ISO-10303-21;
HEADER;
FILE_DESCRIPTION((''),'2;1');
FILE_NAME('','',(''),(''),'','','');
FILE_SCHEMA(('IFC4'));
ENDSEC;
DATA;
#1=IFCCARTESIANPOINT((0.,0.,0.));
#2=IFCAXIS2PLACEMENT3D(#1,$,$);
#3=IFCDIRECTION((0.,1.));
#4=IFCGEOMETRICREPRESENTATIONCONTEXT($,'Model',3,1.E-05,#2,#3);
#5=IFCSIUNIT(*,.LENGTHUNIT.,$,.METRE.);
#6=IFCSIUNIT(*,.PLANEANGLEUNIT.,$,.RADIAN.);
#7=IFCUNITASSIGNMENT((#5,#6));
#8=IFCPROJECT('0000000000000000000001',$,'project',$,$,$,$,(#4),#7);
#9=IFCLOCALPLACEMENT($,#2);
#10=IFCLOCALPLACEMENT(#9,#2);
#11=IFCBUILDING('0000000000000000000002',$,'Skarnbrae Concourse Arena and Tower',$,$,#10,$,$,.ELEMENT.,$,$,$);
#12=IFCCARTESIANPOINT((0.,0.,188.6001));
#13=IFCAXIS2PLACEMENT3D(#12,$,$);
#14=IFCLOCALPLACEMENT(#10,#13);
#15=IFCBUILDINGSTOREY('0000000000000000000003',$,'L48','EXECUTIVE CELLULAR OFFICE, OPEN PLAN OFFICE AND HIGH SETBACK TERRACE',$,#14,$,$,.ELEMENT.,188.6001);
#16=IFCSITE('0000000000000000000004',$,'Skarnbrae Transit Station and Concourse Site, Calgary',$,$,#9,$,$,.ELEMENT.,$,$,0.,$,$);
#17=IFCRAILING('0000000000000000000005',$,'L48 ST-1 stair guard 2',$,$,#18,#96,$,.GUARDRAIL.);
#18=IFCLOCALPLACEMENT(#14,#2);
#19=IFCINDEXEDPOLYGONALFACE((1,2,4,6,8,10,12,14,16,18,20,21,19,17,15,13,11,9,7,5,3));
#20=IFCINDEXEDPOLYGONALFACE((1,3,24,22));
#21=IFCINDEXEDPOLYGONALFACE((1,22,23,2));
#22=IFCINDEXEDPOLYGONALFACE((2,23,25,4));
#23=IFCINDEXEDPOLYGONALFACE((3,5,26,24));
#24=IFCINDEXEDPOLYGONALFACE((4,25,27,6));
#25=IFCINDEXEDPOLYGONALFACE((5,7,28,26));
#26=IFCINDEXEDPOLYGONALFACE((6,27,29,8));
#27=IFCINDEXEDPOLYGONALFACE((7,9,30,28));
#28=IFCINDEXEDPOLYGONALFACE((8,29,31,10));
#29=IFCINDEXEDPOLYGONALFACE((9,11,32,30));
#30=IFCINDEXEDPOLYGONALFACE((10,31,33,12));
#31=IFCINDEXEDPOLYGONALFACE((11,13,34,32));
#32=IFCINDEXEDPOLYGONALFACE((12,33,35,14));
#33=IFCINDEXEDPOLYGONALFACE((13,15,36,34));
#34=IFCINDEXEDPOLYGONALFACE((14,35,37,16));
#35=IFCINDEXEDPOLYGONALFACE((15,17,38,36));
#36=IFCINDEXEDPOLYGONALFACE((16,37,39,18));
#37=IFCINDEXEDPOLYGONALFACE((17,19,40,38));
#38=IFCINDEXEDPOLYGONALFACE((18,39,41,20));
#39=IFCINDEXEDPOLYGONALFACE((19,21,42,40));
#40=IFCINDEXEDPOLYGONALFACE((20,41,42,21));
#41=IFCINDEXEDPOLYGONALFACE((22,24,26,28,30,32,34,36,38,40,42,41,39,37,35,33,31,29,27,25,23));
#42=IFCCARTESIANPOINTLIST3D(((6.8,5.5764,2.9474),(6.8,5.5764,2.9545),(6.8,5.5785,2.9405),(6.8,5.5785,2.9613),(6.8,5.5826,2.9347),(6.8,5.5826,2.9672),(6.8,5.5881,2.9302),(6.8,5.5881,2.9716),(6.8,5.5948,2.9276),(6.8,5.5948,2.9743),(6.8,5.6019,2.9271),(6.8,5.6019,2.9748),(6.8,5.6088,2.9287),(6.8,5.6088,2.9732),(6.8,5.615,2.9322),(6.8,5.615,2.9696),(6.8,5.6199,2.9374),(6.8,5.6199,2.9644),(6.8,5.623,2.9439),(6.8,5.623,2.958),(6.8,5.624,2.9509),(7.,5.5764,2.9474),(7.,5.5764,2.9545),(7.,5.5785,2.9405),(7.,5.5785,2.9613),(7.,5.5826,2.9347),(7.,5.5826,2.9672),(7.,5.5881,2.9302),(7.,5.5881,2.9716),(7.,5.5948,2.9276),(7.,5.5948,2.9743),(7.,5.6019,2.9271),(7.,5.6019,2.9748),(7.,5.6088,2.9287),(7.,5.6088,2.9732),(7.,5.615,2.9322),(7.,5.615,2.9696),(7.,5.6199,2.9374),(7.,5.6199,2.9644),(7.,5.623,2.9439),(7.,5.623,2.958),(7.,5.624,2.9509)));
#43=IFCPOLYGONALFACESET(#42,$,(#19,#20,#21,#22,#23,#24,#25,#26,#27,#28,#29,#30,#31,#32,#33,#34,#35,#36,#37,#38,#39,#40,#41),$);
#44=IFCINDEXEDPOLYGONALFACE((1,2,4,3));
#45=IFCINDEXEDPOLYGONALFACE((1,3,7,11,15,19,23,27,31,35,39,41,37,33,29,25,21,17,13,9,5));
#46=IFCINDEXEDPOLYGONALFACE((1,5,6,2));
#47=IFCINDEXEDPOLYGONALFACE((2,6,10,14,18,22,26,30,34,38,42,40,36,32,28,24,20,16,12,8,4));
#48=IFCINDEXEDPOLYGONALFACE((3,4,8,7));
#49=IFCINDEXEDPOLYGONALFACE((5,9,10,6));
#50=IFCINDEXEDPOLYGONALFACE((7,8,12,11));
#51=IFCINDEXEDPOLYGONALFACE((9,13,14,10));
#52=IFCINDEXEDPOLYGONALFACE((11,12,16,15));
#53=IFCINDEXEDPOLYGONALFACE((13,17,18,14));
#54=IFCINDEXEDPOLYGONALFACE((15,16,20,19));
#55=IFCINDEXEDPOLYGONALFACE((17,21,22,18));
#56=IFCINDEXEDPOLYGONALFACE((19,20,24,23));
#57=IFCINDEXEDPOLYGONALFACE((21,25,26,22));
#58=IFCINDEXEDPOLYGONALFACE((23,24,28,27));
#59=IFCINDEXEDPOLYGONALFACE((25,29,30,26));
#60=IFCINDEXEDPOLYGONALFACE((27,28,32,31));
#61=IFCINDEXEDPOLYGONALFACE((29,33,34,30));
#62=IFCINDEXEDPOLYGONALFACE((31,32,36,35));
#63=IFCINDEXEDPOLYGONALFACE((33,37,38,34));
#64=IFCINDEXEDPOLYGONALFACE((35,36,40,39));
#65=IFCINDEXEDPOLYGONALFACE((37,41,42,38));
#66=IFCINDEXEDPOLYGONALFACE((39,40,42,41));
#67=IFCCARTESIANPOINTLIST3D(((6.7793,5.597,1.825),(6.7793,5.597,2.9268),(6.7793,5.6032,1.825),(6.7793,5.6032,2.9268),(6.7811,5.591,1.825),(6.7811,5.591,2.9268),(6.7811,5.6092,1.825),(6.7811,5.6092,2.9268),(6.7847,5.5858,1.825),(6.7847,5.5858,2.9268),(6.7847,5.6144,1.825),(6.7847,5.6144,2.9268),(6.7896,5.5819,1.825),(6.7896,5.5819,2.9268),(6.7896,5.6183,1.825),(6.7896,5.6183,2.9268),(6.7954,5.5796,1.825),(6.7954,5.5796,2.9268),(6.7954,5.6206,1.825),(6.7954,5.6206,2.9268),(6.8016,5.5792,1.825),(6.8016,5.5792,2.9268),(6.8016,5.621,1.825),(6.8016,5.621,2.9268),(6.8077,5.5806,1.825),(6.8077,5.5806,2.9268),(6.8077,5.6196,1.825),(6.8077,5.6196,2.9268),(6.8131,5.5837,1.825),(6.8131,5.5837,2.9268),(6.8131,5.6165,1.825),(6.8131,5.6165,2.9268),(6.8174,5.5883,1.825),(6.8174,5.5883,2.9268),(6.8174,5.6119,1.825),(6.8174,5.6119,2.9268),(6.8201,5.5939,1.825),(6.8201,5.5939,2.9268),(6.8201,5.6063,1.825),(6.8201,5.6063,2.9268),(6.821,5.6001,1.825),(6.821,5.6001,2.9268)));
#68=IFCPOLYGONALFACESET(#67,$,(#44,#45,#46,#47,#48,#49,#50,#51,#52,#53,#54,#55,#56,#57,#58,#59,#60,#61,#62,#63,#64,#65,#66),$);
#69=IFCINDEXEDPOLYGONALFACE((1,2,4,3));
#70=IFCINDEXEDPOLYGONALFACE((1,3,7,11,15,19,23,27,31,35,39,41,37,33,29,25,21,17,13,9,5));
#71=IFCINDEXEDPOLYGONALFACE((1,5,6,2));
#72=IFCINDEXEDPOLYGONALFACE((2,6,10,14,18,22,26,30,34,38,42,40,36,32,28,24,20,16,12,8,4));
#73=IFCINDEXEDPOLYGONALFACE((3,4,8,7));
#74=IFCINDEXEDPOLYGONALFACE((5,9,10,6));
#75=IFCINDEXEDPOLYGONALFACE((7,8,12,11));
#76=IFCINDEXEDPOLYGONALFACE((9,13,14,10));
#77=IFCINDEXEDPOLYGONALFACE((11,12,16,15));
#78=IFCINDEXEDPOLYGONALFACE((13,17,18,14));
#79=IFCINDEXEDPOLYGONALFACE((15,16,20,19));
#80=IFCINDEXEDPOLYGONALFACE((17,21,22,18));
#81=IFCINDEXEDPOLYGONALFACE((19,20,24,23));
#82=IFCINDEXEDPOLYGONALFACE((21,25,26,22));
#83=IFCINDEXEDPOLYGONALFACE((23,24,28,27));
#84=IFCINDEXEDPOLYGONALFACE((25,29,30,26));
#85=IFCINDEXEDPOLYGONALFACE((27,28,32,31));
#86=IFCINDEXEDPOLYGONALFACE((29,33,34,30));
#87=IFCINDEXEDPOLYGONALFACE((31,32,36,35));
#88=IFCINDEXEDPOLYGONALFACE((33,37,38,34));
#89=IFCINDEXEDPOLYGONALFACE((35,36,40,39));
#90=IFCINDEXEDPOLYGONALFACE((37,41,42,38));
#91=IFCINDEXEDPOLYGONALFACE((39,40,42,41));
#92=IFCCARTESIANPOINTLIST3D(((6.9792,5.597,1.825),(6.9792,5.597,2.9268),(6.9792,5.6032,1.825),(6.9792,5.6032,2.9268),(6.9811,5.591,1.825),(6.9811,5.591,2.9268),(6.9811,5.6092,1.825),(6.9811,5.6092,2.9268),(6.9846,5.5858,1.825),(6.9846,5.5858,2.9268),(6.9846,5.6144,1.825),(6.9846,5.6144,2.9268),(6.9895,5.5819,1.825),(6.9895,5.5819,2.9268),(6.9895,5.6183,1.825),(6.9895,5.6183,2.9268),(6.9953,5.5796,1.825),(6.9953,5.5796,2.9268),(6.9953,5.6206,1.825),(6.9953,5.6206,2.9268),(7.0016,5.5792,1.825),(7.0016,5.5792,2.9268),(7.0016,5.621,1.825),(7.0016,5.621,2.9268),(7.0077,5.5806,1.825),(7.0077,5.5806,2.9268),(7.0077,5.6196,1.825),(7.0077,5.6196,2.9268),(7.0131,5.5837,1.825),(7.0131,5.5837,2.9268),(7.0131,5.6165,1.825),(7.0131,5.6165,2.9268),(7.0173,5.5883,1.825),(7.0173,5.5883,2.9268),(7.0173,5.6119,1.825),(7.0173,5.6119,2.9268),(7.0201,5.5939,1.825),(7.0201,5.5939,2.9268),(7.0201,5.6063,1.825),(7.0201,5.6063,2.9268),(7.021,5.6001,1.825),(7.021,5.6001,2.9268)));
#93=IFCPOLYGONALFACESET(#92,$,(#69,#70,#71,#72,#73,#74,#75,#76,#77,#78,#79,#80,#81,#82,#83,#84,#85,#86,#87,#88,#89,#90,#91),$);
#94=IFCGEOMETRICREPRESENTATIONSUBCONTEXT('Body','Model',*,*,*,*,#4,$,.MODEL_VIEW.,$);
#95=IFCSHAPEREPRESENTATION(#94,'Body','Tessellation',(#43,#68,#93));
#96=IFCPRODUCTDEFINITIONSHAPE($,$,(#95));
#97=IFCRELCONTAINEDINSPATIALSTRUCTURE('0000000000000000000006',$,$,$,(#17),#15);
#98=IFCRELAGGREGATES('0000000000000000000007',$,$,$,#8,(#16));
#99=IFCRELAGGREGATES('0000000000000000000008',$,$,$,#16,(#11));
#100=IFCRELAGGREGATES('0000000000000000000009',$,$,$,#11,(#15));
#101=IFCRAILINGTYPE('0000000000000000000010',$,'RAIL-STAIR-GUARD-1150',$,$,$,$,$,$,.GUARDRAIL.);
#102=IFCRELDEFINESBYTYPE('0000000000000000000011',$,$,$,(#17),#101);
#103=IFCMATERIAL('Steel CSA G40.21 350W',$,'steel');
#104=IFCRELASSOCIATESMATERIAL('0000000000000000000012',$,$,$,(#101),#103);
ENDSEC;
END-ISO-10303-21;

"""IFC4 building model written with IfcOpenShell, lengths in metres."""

from ifc_helpers import new_model, si_unit, direction, frame, origin, origin_2d, place, context, subcontext, project, spatial, circle, extrude, material, type_object, element, save


model = new_model("IFC4")

# Units and contexts
model_context = context("Model", 3, precision=1e-05, world=origin(), true_north=direction((0.0, 1.0)))
body_context = subcontext(model_context, "Body", "Model", "MODEL_VIEW")
ifc_project = project(units=[si_unit("LENGTHUNIT", "METRE"), si_unit("PLANEANGLEUNIT", "RADIAN")], contexts=[model_context])

# Site, building, storey
site_placement = place(None, origin())
site = spatial("IfcSite", under=ifc_project, at=site_placement, Name="Skarnbrae Transit Station and Concourse Site, Calgary", CompositionType="ELEMENT", RefElevation=0.0)
building_placement = place(site_placement, origin())
building = spatial("IfcBuilding", under=site, at=building_placement, Name="Skarnbrae Concourse Arena and Tower", CompositionType="ELEMENT")
storey_placement = place(building_placement, frame((0.0, 0.0, 188.6001)))
storey = spatial("IfcBuildingStorey", under=building, at=storey_placement, Name="L48", Description="EXECUTIVE CELLULAR OFFICE, OPEN PLAN OFFICE AND HIGH SETBACK TERRACE", CompositionType="ELEMENT", Elevation=188.6001)

# Shared definitions
ifc_material_1 = material(Name="Steel CSA G40.21 350W", Category="steel")

# Railing
railing_type_1 = type_object("IfcRailingType", Name="RAIL-STAIR-GUARD-1150", PredefinedType="GUARDRAIL", material=ifc_material_1)
railing_1_placement = place(storey_placement, frame((6.8, 5.6001, 1.825)))
element("IfcRailing", 1, at=railing_1_placement, inside=storey, type_object=railing_type_1, Name="L48 ST-1 stair guard 2", PredefinedType="GUARDRAIL", context=body_context, shape_type="SweptSolid", body=[
    extrude(circle(Radius=0.0239, at=origin_2d()), frame((0.0, 0.0, 1.126), z_axis=(1.0, 0.0, 0.0), x_axis=(0.0, 1.0, 0.0)), (0.0, 0.0, 1.0), 0.2),
    extrude(circle(Radius=0.021, at=origin_2d()), origin(), (0.0, 0.0, 1.0), 1.1018),
    extrude(circle(Radius=0.021, at=origin_2d()), frame((0.2, 0.0, 0.0)), (0.0, 0.0, 1.0), 1.1018),
])

save(model, "model.ifc")
